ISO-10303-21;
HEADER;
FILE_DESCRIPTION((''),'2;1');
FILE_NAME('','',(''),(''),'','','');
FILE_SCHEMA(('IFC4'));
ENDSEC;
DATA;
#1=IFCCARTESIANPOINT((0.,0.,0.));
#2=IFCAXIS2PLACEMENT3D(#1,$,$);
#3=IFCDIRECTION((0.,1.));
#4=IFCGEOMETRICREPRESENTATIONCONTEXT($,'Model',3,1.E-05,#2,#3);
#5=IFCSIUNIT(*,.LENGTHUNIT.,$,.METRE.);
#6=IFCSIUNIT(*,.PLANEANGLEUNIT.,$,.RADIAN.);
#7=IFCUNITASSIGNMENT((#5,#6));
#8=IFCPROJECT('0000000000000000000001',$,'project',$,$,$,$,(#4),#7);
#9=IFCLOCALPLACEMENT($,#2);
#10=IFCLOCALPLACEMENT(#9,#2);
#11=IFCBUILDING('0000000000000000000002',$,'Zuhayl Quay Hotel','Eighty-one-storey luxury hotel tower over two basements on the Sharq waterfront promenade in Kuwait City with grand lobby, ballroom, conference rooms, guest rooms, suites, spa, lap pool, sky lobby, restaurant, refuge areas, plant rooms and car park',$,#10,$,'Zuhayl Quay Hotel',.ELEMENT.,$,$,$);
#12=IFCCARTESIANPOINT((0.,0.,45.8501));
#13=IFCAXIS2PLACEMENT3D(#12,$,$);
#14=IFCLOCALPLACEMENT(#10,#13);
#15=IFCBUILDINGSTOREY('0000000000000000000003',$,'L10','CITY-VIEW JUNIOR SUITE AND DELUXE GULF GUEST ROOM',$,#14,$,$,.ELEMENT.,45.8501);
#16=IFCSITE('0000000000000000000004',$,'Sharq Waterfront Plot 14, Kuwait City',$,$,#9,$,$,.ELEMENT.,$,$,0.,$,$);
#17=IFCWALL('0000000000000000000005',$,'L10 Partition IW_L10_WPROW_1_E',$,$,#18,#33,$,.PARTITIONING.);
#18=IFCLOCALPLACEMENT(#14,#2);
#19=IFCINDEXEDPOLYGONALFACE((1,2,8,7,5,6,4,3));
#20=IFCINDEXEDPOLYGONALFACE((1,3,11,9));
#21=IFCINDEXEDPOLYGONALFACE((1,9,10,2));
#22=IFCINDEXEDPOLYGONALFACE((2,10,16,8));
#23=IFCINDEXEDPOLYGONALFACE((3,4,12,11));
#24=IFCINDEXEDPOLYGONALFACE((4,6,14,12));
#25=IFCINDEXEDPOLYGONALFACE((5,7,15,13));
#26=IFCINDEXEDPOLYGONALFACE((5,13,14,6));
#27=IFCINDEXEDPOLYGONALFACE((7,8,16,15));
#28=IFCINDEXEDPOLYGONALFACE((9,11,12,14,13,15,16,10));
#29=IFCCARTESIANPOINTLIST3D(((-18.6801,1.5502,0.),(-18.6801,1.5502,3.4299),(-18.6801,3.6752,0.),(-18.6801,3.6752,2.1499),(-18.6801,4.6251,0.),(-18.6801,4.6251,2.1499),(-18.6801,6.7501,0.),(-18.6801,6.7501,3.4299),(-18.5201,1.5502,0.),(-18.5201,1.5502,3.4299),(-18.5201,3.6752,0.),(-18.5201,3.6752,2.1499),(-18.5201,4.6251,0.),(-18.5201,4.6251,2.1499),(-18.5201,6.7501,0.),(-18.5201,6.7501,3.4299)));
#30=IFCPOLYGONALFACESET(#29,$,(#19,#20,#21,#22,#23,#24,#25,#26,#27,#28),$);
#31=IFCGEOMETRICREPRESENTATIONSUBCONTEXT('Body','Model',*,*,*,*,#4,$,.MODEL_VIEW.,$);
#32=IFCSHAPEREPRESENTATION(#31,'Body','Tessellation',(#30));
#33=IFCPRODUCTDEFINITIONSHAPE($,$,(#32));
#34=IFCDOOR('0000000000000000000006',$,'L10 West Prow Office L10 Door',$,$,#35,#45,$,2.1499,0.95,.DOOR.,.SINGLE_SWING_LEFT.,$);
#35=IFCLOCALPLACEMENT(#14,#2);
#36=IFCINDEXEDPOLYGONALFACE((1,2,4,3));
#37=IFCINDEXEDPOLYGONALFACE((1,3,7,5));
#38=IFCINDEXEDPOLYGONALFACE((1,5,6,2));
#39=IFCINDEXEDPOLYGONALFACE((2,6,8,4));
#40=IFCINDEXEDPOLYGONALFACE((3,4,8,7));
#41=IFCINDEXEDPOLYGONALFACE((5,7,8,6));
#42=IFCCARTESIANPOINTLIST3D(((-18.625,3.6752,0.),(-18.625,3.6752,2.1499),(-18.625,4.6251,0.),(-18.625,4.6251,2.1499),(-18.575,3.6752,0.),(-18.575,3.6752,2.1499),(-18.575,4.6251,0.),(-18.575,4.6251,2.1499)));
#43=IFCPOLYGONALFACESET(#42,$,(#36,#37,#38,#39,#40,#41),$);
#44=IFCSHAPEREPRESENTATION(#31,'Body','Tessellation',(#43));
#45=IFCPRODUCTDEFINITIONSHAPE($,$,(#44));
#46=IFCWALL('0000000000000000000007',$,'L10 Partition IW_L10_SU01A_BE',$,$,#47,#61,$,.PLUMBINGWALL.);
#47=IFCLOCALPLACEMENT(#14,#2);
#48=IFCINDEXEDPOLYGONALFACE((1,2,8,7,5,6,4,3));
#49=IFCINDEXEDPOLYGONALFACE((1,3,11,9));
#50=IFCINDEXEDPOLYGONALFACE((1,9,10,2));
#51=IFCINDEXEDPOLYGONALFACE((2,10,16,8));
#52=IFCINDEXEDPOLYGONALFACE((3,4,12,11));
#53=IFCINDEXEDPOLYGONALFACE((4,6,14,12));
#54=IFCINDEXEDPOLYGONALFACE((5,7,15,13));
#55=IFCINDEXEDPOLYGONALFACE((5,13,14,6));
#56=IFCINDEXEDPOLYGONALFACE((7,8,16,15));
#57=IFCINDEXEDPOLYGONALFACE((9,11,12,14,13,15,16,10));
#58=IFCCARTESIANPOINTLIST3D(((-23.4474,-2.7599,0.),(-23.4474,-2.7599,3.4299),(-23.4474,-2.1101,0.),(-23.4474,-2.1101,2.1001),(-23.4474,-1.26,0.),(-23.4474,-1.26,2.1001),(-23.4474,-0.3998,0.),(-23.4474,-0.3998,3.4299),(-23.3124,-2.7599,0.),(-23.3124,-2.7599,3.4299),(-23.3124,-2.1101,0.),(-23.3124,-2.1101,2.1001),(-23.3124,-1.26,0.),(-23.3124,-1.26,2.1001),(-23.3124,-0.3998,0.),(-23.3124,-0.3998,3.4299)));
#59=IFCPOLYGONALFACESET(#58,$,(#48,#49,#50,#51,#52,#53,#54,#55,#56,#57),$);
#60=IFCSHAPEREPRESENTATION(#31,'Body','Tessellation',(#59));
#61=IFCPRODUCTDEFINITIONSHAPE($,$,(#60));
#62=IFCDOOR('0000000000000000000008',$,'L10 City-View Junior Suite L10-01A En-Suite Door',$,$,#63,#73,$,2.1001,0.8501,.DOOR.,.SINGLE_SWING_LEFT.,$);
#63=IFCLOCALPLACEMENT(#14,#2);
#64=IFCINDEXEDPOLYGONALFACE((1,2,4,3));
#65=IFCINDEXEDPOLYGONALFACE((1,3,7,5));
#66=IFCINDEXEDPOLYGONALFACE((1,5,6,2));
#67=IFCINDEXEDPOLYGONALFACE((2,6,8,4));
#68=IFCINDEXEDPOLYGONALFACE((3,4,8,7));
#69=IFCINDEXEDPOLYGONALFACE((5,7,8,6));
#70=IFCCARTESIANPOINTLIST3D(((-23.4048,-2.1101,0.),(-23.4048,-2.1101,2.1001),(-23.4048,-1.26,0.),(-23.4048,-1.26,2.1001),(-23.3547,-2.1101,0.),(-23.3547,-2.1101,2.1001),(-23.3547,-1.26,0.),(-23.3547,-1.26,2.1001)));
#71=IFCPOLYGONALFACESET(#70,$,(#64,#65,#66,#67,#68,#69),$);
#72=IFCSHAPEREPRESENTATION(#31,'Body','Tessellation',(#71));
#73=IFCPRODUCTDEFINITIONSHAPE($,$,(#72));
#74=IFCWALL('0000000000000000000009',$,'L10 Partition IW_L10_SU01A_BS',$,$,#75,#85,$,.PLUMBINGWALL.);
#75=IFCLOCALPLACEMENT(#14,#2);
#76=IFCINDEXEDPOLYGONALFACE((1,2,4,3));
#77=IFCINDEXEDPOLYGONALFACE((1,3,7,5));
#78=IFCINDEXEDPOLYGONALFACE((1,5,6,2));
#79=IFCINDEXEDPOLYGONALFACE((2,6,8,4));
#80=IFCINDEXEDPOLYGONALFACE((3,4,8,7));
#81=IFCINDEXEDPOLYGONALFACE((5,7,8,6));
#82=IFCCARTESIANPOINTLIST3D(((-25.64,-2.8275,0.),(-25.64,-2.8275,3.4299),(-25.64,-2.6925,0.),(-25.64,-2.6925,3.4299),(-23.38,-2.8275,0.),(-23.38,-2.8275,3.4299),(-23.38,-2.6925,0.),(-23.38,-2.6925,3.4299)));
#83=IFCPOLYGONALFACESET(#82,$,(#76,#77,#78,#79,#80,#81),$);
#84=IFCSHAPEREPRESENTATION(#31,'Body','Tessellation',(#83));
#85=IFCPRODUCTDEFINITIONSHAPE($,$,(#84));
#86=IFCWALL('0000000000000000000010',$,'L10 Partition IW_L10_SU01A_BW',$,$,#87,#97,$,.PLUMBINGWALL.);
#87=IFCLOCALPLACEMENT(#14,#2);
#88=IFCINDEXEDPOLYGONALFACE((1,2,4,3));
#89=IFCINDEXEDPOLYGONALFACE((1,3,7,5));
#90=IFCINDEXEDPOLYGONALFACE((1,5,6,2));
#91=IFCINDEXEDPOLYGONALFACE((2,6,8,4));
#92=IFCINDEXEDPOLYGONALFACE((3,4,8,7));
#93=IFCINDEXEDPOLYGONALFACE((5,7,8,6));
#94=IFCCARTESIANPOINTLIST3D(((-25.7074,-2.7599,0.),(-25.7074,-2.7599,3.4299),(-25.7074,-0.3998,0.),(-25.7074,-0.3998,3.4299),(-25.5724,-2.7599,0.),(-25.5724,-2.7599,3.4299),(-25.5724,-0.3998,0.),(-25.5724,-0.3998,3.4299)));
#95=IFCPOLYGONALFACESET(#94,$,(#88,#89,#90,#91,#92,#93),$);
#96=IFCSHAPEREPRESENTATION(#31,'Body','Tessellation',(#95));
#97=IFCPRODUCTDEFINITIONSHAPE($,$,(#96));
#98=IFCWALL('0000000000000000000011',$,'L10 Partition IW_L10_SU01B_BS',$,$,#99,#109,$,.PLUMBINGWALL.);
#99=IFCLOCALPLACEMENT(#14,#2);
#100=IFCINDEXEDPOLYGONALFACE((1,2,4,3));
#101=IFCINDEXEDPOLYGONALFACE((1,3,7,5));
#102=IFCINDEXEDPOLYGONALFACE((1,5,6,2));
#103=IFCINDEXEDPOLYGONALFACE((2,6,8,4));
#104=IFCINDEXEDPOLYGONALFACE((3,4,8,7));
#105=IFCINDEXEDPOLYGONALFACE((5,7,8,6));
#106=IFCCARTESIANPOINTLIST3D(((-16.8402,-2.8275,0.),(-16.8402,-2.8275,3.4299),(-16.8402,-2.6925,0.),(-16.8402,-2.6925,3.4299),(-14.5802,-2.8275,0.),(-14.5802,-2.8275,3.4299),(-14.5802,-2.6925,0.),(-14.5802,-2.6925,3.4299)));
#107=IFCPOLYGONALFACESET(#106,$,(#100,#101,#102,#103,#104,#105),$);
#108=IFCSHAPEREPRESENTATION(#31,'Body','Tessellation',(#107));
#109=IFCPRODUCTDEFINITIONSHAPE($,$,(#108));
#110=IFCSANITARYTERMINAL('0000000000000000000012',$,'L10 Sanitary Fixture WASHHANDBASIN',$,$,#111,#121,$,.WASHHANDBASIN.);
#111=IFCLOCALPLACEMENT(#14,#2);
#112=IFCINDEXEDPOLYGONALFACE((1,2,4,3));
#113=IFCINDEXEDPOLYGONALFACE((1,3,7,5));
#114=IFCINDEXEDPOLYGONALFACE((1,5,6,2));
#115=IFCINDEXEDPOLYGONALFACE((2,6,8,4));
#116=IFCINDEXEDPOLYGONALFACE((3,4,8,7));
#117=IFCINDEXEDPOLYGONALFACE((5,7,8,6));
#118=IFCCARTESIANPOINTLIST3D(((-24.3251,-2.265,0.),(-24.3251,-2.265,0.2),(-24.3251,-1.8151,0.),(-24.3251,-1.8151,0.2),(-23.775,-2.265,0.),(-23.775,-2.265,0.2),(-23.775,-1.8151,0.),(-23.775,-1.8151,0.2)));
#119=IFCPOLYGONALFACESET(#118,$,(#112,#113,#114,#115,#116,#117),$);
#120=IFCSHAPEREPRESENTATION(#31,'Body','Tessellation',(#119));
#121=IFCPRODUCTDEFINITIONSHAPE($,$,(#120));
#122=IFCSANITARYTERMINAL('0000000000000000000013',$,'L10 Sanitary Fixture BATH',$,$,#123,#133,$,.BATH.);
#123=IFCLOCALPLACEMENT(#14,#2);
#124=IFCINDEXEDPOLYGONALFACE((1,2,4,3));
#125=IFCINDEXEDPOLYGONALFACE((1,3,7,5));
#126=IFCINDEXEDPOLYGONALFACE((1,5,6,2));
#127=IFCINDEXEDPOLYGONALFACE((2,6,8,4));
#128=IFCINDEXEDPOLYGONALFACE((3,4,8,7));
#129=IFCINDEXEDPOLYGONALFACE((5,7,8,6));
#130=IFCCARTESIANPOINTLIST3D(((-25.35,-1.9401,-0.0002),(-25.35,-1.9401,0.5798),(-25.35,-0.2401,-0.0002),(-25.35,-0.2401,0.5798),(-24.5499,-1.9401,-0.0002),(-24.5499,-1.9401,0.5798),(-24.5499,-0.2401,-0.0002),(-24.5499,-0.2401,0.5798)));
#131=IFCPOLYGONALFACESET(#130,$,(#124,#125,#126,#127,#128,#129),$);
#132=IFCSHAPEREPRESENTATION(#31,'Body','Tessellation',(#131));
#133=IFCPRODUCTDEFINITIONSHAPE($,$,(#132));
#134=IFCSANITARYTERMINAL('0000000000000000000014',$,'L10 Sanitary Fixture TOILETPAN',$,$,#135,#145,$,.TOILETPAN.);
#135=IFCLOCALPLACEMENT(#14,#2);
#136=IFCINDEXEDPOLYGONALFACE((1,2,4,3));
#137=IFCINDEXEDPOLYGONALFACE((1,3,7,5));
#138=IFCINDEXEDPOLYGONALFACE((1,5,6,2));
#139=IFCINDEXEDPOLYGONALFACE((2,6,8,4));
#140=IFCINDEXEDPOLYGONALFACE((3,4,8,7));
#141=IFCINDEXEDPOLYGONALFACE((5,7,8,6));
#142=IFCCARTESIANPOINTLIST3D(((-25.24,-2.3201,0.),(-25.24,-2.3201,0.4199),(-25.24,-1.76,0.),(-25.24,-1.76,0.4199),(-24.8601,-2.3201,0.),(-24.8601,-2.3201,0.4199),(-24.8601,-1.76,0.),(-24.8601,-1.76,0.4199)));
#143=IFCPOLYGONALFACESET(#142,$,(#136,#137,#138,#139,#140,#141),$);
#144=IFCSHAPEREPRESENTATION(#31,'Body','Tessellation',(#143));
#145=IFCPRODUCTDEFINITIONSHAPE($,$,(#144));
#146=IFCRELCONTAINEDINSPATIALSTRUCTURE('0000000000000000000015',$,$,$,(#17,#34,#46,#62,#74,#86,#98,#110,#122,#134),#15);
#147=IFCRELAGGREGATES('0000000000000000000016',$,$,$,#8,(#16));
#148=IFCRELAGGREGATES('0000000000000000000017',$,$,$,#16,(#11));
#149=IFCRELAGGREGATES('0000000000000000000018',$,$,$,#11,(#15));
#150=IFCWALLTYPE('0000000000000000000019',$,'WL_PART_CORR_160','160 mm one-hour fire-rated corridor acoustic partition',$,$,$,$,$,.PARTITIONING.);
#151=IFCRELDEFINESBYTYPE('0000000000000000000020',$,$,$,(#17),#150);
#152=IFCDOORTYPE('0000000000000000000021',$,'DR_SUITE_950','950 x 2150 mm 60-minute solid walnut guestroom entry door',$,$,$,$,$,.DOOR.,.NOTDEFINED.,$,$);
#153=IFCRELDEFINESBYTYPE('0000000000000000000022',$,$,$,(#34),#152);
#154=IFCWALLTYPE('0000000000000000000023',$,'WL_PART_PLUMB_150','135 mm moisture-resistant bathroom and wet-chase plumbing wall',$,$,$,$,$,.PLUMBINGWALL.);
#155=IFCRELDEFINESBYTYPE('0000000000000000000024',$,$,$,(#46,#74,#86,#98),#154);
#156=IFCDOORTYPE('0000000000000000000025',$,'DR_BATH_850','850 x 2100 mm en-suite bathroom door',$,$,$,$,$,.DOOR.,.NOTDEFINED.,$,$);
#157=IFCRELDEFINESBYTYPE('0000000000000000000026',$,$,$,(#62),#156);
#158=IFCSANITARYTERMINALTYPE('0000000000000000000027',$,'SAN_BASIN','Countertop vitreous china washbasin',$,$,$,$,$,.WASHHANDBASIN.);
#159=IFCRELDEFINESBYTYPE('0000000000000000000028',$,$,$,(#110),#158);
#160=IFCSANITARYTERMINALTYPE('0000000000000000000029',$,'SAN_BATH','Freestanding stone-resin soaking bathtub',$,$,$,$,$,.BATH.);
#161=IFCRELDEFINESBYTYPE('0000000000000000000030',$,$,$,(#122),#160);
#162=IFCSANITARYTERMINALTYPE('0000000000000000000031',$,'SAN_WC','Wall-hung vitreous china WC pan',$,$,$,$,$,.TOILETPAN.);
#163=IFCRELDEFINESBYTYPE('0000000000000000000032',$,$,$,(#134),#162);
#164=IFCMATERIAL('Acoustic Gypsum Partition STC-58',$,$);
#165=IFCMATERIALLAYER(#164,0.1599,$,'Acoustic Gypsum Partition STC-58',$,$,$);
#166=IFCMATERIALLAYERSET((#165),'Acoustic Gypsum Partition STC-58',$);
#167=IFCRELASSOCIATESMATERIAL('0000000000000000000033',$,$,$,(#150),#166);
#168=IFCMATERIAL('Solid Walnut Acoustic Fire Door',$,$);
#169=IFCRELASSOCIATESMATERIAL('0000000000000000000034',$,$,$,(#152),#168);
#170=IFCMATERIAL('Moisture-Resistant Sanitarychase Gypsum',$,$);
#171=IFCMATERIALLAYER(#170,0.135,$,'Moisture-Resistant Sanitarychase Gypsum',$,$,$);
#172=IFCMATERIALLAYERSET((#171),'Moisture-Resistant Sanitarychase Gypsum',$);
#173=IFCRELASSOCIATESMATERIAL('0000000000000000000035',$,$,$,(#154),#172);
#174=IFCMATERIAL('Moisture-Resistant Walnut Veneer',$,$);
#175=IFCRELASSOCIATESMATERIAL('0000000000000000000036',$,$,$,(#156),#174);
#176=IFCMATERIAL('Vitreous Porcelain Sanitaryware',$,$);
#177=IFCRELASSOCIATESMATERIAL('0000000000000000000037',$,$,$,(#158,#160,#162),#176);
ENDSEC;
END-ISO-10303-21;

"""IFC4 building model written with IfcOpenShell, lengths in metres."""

from ifc_helpers import new_model, si_unit, direction, frame, frame_2d, origin, origin_2d, place, context, subcontext, project, spatial, rectangle, extrude, material, layer, layer_set, type_object, element, fill, save


model = new_model("IFC4")

# Units and contexts
model_context = context("Model", 3, precision=1e-05, world=origin(), true_north=direction((0.0, 1.0)))
body_context = subcontext(model_context, "Body", "Model", "MODEL_VIEW")
ifc_project = project(units=[si_unit("LENGTHUNIT", "METRE"), si_unit("PLANEANGLEUNIT", "RADIAN")], contexts=[model_context])

# Site, building, storey
site_placement = place(None, origin())
site = spatial("IfcSite", under=ifc_project, at=site_placement, Name="Sharq Waterfront Plot 14, Kuwait City", CompositionType="ELEMENT", RefElevation=0.0)
building_placement = place(site_placement, origin())
building = spatial("IfcBuilding", under=site, at=building_placement, Name="Zuhayl Quay Hotel", Description="Eighty-one-storey luxury hotel tower over two basements on the Sharq waterfront promenade in Kuwait City with grand lobby, ballroom, conference rooms, guest rooms, suites, spa, lap pool, sky lobby, restaurant, refuge areas, plant rooms and car park", LongName="Zuhayl Quay Hotel", CompositionType="ELEMENT")
storey_placement = place(building_placement, frame((0.0, 0.0, 45.8501)))
storey = spatial("IfcBuildingStorey", under=building, at=storey_placement, Name="L10", Description="CITY-VIEW JUNIOR SUITE AND DELUXE GULF GUEST ROOM", CompositionType="ELEMENT", Elevation=45.8501)

# Shared definitions
ifc_material_1 = material(Name="Acoustic Gypsum Partition STC-58")

# Walls, openings, doors
ifc_layer_1 = layer(ifc_material_1, 0.1599, Name="Acoustic Gypsum Partition STC-58")
ifc_layer_set_1 = layer_set([ifc_layer_1], Name="Acoustic Gypsum Partition STC-58")
wall_type_1 = type_object("IfcWallType", Name="WL_PART_CORR_160", Description="160 mm one-hour fire-rated corridor acoustic partition", PredefinedType="PARTITIONING", material=ifc_layer_set_1)
ifc_material_2 = material(Name="Solid Walnut Acoustic Fire Door")
wall_1_placement = place(storey_placement, frame((-18.6001, 1.55, 0.0), z_axis=(0.0, 0.0, 1.0), x_axis=(0.0, 1.0, 0.0)))
wall_1 = element("IfcWall", 1, at=wall_1_placement, inside=storey, type_object=wall_type_1, Name="L10 Partition IW_L10_WPROW_1_E", PredefinedType="PARTITIONING", context=body_context, shape_type="SweptSolid", body=[
    extrude(rectangle(XDim=5.2, YDim=0.1599, at=frame_2d((2.6001, 0.0))), origin(), (0.0, 0.0, 1.0), 3.4299),
])
opening_1_placement = place(wall_1_placement, frame((2.125, 0.0, 0.0)))
opening_1 = element("IfcOpeningElement", 2, at=opening_1_placement, cuts=wall_1, PredefinedType="OPENING", context=body_context, shape_type="SweptSolid", body=[
    extrude(rectangle(XDim=0.95, YDim=2.1499, at=frame_2d((0.4751, 1.075))), frame((0.0, 0.0898, 0.0), z_axis=(0.0, -1.0, 0.0), x_axis=(1.0, 0.0, 0.0)), (0.0, 0.0, 1.0), 0.1799),
])
door_type_1 = type_object("IfcDoorType", Name="DR_SUITE_950", Description="950 x 2150 mm 60-minute solid walnut guestroom entry door", OperationType="NOTDEFINED", PredefinedType="DOOR", material=ifc_material_2)
door_1_placement = place(opening_1_placement, origin())
door_1 = element("IfcDoor", 3, at=door_1_placement, inside=storey, type_object=door_type_1, Name="L10 West Prow Office L10 Door", OperationType="SINGLE_SWING_LEFT", OverallHeight=2.1499, OverallWidth=0.95, PredefinedType="DOOR", context=body_context, shape_type="SweptSolid", body=[
    extrude(rectangle(XDim=0.95, YDim=2.1499, at=frame_2d((0.4751, 1.075))), frame((0.0, 0.0249, 0.0), z_axis=(0.0, -1.0, 0.0), x_axis=(1.0, 0.0, 0.0)), (0.0, 0.0, 1.0), 0.05),
])
fill(opening_1, door_1)
ifc_material_3 = material(Name="Moisture-Resistant Sanitarychase Gypsum")
ifc_layer_2 = layer(ifc_material_3, 0.135, Name="Moisture-Resistant Sanitarychase Gypsum")
ifc_layer_set_2 = layer_set([ifc_layer_2], Name="Moisture-Resistant Sanitarychase Gypsum")
wall_type_2 = type_object("IfcWallType", Name="WL_PART_PLUMB_150", Description="135 mm moisture-resistant bathroom and wet-chase plumbing wall", PredefinedType="PLUMBINGWALL", material=ifc_layer_set_2)
wall_2_placement = place(storey_placement, frame((-23.3799, -2.76, 0.0), z_axis=(0.0, 0.0, 1.0), x_axis=(0.0, 1.0, 0.0)))
wall_2 = element("IfcWall", 4, at=wall_2_placement, inside=storey, type_object=wall_type_2, Name="L10 Partition IW_L10_SU01A_BE", PredefinedType="PLUMBINGWALL", context=body_context, shape_type="SweptSolid", body=[
    extrude(rectangle(XDim=2.3601, YDim=0.135, at=frame_2d((1.1802, 0.0))), origin(), (0.0, 0.0, 1.0), 3.4299),
])
opening_2_placement = place(wall_2_placement, frame((0.6499, 0.0, 0.0)))
opening_2 = element("IfcOpeningElement", 5, at=opening_2_placement, cuts=wall_2, PredefinedType="OPENING", context=body_context, shape_type="SweptSolid", body=[
    extrude(rectangle(XDim=0.8501, YDim=2.1001, at=frame_2d((0.425, 1.05))), frame((0.0, 0.0774, 0.0), z_axis=(0.0, -1.0, 0.0), x_axis=(1.0, 0.0, 0.0)), (0.0, 0.0, 1.0), 0.155),
])
ifc_material_4 = material(Name="Moisture-Resistant Walnut Veneer")
door_type_2 = type_object("IfcDoorType", Name="DR_BATH_850", Description="850 x 2100 mm en-suite bathroom door", OperationType="NOTDEFINED", PredefinedType="DOOR", material=ifc_material_4)
door_2_placement = place(opening_2_placement, origin())
door_2 = element("IfcDoor", 6, at=door_2_placement, inside=storey, type_object=door_type_2, Name="L10 City-View Junior Suite L10-01A En-Suite Door", OperationType="SINGLE_SWING_LEFT", OverallHeight=2.1001, OverallWidth=0.8501, PredefinedType="DOOR", context=body_context, shape_type="SweptSolid", body=[
    extrude(rectangle(XDim=0.8501, YDim=2.1001, at=frame_2d((0.425, 1.05))), frame((0.0, 0.0249, 0.0), z_axis=(0.0, -1.0, 0.0), x_axis=(1.0, 0.0, 0.0)), (0.0, 0.0, 1.0), 0.05),
])
fill(opening_2, door_2)

# Walls
wall_3_placement = place(storey_placement, frame((-25.6399, -2.76, 0.0), z_axis=(0.0, 0.0, 1.0), x_axis=(1.0, 0.0, 0.0)))
element("IfcWall", 7, at=wall_3_placement, inside=storey, type_object=wall_type_2, Name="L10 Partition IW_L10_SU01A_BS", PredefinedType="PLUMBINGWALL", context=body_context, shape_type="SweptSolid", body=[
    extrude(rectangle(XDim=2.26, YDim=0.135, at=frame_2d((1.1299, 0.0))), origin(), (0.0, 0.0, 1.0), 3.4299),
])
wall_4_placement = place(storey_placement, frame((-25.6399, -2.76, 0.0), z_axis=(0.0, 0.0, 1.0), x_axis=(0.0, 1.0, 0.0)))
element("IfcWall", 8, at=wall_4_placement, inside=storey, type_object=wall_type_2, Name="L10 Partition IW_L10_SU01A_BW", PredefinedType="PLUMBINGWALL", context=body_context, shape_type="SweptSolid", body=[
    extrude(rectangle(XDim=2.3601, YDim=0.135, at=frame_2d((1.1802, 0.0))), origin(), (0.0, 0.0, 1.0), 3.4299),
])
wall_5_placement = place(storey_placement, frame((-16.8401, -2.76, 0.0), z_axis=(0.0, 0.0, 1.0), x_axis=(1.0, 0.0, 0.0)))
element("IfcWall", 9, at=wall_5_placement, inside=storey, type_object=wall_type_2, Name="L10 Partition IW_L10_SU01B_BS", PredefinedType="PLUMBINGWALL", context=body_context, shape_type="SweptSolid", body=[
    extrude(rectangle(XDim=2.26, YDim=0.135, at=frame_2d((1.1299, 0.0))), origin(), (0.0, 0.0, 1.0), 3.4299),
])

# Sanitary terminals
ifc_material_5 = material(Name="Vitreous Porcelain Sanitaryware")
sanitary_terminal_type_1 = type_object("IfcSanitaryTerminalType", Name="SAN_BASIN", Description="Countertop vitreous china washbasin", PredefinedType="WASHHANDBASIN", material=ifc_material_5)
sanitary_terminal_1_placement = place(storey_placement, frame((-24.05, -2.04, 0.0), z_axis=(0.0, 0.0, 1.0), x_axis=(1.0, 0.0, 0.0)))
element("IfcSanitaryTerminal", 10, at=sanitary_terminal_1_placement, inside=storey, type_object=sanitary_terminal_type_1, Name="L10 Sanitary Fixture WASHHANDBASIN", PredefinedType="WASHHANDBASIN", context=body_context, shape_type="SweptSolid", body=[
    extrude(rectangle(XDim=0.55, YDim=0.45, at=origin_2d()), origin(), (0.0, 0.0, 1.0), 0.2),
])
sanitary_terminal_type_2 = type_object("IfcSanitaryTerminalType", Name="SAN_BATH", Description="Freestanding stone-resin soaking bathtub", PredefinedType="BATH", material=ifc_material_5)
sanitary_terminal_2_placement = place(storey_placement, frame((-24.95, -1.0901, -0.0002), z_axis=(0.0, 0.0, 1.0), x_axis=(1.0, 0.0, 0.0)))
element("IfcSanitaryTerminal", 11, at=sanitary_terminal_2_placement, inside=storey, type_object=sanitary_terminal_type_2, Name="L10 Sanitary Fixture BATH", PredefinedType="BATH", context=body_context, shape_type="SweptSolid", body=[
    extrude(rectangle(XDim=0.8, YDim=1.7, at=origin_2d()), origin(), (0.0, 0.0, 1.0), 0.5801),
])
sanitary_terminal_type_3 = type_object("IfcSanitaryTerminalType", Name="SAN_WC", Description="Wall-hung vitreous china WC pan", PredefinedType="TOILETPAN", material=ifc_material_5)
sanitary_terminal_3_placement = place(storey_placement, frame((-25.05, -2.04, 0.0), z_axis=(0.0, 0.0, 1.0), x_axis=(1.0, 0.0, 0.0)))
element("IfcSanitaryTerminal", 12, at=sanitary_terminal_3_placement, inside=storey, type_object=sanitary_terminal_type_3, Name="L10 Sanitary Fixture TOILETPAN", PredefinedType="TOILETPAN", context=body_context, shape_type="SweptSolid", body=[
    extrude(rectangle(XDim=0.3799, YDim=0.5601, at=origin_2d()), origin(), (0.0, 0.0, 1.0), 0.4199),
])

save(model, "model.ifc")
